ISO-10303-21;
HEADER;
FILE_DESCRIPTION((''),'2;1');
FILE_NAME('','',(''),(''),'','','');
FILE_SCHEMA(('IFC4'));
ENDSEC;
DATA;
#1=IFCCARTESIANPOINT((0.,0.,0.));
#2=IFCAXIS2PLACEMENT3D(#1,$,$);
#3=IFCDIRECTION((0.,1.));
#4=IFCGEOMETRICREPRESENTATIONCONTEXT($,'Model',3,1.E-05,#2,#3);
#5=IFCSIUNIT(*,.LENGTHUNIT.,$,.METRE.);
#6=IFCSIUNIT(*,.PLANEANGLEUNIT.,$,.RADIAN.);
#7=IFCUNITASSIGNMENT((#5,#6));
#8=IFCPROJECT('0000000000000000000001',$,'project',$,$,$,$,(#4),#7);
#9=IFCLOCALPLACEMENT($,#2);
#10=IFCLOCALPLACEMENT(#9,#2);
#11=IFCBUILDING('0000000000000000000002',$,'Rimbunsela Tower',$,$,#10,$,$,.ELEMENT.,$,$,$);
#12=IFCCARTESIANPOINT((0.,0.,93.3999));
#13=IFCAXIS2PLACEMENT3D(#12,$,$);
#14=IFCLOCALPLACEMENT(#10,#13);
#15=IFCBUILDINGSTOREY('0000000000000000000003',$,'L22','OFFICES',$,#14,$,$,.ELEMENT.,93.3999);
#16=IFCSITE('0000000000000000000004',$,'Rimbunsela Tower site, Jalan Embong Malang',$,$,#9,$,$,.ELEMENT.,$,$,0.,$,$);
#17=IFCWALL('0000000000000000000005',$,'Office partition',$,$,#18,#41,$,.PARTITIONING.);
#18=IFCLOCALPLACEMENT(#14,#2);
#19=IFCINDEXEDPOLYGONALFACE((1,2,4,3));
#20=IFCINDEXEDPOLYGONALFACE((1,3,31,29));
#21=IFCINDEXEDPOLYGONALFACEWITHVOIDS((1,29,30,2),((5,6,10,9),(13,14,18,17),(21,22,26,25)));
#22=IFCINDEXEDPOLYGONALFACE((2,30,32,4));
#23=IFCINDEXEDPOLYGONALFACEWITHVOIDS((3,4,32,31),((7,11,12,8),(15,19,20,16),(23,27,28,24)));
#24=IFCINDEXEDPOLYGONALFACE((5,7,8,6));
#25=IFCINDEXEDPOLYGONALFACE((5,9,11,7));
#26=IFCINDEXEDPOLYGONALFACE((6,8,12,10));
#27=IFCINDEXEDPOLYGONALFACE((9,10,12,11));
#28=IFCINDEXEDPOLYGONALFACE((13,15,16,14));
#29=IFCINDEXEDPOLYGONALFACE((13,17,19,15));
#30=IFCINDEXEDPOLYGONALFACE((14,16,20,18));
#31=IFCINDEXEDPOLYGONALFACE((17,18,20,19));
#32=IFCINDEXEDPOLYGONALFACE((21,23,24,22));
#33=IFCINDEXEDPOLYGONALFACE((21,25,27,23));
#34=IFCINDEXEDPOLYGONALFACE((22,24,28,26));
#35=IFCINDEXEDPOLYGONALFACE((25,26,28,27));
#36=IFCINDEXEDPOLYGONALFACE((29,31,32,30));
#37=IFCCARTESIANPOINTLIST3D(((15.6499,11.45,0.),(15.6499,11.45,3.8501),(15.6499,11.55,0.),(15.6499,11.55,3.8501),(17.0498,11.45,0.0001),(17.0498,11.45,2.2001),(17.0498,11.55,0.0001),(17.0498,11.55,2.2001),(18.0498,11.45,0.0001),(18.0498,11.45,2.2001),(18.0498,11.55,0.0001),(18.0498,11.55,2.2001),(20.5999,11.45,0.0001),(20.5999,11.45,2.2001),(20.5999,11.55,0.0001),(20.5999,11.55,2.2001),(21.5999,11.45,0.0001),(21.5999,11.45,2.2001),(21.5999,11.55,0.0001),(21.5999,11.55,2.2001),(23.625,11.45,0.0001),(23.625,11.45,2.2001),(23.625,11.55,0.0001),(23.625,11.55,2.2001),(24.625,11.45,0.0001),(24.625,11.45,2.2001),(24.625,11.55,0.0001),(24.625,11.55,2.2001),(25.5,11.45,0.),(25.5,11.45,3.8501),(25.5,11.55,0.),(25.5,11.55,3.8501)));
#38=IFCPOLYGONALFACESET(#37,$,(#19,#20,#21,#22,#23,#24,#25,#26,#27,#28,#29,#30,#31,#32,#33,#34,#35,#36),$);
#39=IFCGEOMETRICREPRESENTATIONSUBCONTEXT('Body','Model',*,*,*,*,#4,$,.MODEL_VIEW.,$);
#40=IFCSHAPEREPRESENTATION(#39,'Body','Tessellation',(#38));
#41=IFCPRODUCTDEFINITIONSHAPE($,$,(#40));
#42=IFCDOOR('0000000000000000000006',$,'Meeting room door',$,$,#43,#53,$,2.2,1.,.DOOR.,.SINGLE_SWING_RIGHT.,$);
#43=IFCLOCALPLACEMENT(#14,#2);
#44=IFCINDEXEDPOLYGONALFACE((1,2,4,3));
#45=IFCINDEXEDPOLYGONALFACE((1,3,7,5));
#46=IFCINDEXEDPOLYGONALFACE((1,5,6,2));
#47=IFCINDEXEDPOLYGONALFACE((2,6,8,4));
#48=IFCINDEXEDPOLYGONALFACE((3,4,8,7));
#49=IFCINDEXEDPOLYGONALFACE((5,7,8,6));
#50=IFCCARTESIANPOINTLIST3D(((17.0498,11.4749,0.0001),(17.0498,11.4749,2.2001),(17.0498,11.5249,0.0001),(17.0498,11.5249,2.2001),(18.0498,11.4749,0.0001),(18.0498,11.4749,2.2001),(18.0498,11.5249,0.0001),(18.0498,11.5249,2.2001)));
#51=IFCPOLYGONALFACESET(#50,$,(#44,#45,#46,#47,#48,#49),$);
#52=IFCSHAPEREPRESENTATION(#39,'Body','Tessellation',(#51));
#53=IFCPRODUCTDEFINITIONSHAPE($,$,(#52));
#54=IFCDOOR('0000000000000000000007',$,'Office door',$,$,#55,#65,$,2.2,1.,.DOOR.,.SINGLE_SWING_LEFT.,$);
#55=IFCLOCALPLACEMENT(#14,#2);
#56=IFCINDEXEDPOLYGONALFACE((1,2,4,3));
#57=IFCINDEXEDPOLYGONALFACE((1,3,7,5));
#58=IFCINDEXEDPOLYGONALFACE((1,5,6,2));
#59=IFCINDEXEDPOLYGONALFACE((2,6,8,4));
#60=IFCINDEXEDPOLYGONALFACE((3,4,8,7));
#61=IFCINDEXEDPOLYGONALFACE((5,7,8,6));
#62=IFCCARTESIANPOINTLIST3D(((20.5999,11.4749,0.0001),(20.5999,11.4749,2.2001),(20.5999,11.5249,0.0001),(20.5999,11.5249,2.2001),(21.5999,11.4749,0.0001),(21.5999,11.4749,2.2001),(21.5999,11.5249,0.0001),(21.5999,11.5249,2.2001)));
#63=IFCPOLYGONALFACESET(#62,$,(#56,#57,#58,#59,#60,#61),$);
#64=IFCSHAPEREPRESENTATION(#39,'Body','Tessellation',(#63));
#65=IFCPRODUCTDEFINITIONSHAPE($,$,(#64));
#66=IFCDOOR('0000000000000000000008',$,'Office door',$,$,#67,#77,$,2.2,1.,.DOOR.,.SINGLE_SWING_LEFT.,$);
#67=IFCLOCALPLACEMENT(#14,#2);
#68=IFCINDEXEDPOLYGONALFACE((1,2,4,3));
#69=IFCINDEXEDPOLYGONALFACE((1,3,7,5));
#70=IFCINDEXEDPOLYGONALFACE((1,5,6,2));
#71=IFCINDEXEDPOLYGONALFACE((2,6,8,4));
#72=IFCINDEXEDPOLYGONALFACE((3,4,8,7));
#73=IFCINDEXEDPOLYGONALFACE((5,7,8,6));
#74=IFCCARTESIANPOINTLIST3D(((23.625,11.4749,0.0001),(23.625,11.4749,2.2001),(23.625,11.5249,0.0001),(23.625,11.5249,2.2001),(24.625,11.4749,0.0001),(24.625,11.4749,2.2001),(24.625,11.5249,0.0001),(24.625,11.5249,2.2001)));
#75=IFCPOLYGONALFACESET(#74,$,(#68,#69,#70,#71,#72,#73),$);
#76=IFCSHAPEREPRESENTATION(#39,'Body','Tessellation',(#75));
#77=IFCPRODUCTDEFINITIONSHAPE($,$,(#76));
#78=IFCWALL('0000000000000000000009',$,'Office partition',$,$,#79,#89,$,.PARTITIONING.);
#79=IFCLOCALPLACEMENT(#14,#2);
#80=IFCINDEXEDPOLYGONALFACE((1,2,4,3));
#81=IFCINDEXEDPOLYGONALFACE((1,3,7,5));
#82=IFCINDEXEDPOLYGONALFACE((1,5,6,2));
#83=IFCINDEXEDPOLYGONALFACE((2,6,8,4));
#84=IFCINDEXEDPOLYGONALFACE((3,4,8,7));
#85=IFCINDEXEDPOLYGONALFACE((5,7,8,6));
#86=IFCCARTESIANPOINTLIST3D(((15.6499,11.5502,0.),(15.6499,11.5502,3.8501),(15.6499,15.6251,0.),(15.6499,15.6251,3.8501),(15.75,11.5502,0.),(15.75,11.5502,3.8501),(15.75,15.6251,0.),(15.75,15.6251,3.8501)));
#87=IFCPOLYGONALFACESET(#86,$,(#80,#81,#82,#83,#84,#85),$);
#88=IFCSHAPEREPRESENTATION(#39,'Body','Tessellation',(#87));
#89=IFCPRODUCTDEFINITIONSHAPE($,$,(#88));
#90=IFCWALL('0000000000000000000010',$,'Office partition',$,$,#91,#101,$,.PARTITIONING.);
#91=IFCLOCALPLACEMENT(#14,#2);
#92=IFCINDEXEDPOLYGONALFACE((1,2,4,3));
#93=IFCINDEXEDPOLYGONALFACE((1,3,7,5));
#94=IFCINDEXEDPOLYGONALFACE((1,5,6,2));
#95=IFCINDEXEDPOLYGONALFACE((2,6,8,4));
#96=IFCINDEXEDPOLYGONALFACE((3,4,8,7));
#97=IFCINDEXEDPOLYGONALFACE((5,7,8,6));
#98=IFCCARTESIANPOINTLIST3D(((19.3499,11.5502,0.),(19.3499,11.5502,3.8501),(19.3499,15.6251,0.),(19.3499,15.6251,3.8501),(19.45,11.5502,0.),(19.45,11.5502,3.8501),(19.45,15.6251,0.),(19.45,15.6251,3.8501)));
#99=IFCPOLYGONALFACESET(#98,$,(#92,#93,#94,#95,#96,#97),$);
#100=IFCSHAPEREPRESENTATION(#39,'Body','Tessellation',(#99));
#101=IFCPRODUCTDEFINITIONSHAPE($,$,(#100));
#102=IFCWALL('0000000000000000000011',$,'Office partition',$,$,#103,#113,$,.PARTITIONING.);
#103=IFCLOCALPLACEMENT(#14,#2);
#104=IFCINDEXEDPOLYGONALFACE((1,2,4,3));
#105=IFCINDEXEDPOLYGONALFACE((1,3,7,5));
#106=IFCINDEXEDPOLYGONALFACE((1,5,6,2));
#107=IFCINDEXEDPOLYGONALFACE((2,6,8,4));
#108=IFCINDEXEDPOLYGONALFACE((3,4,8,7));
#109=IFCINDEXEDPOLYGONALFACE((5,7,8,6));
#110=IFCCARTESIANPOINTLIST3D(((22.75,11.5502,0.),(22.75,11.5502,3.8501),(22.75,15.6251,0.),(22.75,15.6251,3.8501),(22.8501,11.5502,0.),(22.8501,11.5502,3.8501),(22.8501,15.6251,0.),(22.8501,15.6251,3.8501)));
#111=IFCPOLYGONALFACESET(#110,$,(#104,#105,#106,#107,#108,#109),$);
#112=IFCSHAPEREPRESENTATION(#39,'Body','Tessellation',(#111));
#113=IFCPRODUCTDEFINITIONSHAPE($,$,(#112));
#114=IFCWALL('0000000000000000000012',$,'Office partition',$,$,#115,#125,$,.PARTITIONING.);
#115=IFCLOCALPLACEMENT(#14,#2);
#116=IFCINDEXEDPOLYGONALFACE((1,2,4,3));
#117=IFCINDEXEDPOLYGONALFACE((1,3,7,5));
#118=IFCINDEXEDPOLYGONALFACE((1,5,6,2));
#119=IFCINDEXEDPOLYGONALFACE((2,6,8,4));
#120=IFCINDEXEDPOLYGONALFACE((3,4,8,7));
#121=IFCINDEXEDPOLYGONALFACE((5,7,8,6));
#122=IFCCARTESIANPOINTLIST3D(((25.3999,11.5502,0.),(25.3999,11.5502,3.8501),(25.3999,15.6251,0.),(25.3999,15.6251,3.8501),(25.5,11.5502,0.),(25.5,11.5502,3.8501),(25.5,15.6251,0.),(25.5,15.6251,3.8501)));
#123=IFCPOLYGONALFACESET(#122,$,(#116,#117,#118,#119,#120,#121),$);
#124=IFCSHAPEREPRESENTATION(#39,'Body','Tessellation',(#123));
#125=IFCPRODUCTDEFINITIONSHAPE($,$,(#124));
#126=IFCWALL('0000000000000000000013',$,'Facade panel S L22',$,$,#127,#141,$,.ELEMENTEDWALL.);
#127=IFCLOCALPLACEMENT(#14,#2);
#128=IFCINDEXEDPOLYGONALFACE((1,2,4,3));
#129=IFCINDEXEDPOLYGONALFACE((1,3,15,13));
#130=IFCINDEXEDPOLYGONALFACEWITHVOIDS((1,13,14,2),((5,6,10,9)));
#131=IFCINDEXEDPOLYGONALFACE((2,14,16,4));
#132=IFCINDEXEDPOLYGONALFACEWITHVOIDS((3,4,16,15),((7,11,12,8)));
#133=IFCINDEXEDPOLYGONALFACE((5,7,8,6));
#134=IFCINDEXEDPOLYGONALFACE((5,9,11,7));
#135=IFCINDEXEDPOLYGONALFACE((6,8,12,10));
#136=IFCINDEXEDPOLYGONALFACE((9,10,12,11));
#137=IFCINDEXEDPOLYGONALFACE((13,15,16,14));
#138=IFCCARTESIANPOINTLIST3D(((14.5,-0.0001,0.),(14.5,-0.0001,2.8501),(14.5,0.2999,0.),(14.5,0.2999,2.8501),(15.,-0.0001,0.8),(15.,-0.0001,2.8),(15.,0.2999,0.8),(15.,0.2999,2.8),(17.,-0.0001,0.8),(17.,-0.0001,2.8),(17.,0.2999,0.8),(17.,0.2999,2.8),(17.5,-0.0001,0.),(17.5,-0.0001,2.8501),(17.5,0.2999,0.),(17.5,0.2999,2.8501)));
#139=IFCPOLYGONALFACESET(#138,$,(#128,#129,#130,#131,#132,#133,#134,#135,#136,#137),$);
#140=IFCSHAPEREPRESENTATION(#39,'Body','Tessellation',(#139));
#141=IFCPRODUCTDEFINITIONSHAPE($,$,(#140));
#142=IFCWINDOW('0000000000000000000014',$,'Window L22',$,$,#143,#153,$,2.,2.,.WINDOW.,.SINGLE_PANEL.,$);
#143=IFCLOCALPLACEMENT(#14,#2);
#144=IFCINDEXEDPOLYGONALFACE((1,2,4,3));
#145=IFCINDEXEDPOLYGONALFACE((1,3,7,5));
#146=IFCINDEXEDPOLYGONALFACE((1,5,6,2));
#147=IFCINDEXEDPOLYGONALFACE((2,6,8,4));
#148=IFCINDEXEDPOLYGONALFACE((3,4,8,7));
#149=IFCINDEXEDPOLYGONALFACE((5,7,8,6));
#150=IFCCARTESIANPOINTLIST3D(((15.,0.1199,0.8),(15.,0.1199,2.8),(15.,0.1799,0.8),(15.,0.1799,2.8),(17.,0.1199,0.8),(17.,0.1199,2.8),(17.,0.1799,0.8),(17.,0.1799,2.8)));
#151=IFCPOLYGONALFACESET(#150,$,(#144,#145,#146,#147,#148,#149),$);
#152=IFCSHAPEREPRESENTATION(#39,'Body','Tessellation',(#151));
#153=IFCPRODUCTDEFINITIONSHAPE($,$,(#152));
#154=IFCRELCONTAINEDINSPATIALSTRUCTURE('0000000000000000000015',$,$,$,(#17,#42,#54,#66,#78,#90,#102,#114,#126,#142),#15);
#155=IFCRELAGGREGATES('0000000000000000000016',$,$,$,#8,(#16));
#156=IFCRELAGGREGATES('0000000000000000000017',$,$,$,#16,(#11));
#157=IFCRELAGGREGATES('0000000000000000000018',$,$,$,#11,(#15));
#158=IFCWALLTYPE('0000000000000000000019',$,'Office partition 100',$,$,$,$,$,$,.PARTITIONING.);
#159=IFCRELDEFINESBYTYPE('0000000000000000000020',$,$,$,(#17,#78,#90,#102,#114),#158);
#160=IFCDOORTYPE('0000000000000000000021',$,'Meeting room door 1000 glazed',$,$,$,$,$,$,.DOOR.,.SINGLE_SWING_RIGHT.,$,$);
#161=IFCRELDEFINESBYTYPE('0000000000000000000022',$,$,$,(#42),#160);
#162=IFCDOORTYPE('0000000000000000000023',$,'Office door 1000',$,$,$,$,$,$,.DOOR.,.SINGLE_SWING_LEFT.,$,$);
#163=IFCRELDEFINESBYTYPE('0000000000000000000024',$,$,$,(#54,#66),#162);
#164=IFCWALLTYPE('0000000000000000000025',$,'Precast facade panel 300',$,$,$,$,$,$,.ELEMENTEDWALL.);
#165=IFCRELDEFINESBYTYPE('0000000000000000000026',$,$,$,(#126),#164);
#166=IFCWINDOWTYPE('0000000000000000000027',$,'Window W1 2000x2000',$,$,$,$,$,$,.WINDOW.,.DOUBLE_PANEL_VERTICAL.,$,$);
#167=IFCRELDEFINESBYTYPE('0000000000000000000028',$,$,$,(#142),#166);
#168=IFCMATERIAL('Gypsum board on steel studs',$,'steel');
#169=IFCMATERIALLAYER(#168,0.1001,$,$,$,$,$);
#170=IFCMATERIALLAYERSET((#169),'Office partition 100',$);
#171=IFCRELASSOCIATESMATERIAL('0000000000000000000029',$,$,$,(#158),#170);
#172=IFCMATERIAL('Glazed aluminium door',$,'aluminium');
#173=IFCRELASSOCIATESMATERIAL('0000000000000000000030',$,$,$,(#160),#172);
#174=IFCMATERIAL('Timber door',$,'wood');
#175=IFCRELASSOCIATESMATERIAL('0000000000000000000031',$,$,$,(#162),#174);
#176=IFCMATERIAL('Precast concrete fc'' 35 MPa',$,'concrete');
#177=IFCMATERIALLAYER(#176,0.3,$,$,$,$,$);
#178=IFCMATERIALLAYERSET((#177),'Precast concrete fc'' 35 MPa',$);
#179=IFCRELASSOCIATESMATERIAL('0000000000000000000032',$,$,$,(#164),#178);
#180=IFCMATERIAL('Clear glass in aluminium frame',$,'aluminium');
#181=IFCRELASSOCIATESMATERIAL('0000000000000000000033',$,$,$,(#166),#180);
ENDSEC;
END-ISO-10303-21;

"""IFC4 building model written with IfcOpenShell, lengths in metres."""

from ifc_helpers import new_model, si_unit, direction, frame, frame_2d, origin, place, context, subcontext, project, spatial, rectangle, extrude, material, layer, layer_set, type_object, element, fill, save


model = new_model("IFC4")

# Units and contexts
model_context = context("Model", 3, precision=1e-05, world=origin(), true_north=direction((0.0, 1.0)))
body_context = subcontext(model_context, "Body", "Model", "MODEL_VIEW")
ifc_project = project(units=[si_unit("LENGTHUNIT", "METRE"), si_unit("PLANEANGLEUNIT", "RADIAN")], contexts=[model_context])

# Site, building, storey
site_placement = place(None, origin())
site = spatial("IfcSite", under=ifc_project, at=site_placement, Name="Rimbunsela Tower site, Jalan Embong Malang", CompositionType="ELEMENT", RefElevation=0.0)
building_placement = place(site_placement, origin())
building = spatial("IfcBuilding", under=site, at=building_placement, Name="Rimbunsela Tower", CompositionType="ELEMENT")
storey_placement = place(building_placement, frame((0.0, 0.0, 93.3999)))
storey = spatial("IfcBuildingStorey", under=building, at=storey_placement, Name="L22", Description="OFFICES", CompositionType="ELEMENT", Elevation=93.3999)

# Wall, openings, doors
ifc_material_1 = material(Name="Gypsum board on steel studs", Category="steel")
ifc_layer_1 = layer(ifc_material_1, 0.1001)
ifc_layer_set_1 = layer_set([ifc_layer_1], Name="Office partition 100")
wall_type_1 = type_object("IfcWallType", Name="Office partition 100", PredefinedType="PARTITIONING", material=ifc_layer_set_1)
wall_1_placement = place(storey_placement, frame((15.6499, 11.5, 0.0), z_axis=(0.0, 0.0, 1.0), x_axis=(1.0, 0.0, 0.0)))
wall_1 = element("IfcWall", 1, at=wall_1_placement, inside=storey, type_object=wall_type_1, Name="Office partition", PredefinedType="PARTITIONING", context=body_context, shape_type="SweptSolid", body=[
    extrude(rectangle(XDim=9.8501, YDim=0.1001, at=frame_2d((4.925, 0.0))), origin(), (0.0, 0.0, 1.0), 3.8501),
])
opening_1_placement = place(wall_1_placement, frame((1.3999, 0.0, 0.0)))
opening_1 = element("IfcOpeningElement", 2, at=opening_1_placement, cuts=wall_1, PredefinedType="OPENING", context=body_context, shape_type="SweptSolid", body=[
    extrude(rectangle(XDim=1.0, YDim=2.2, at=frame_2d((0.5, 1.1001))), frame((0.0, 0.0601, 0.0), z_axis=(0.0, -1.0, 0.0), x_axis=(1.0, 0.0, 0.0)), (0.0, 0.0, 1.0), 0.1201),
])
opening_2_placement = place(wall_1_placement, frame((4.95, 0.0, 0.0)))
opening_2 = element("IfcOpeningElement", 3, at=opening_2_placement, cuts=wall_1, PredefinedType="OPENING", context=body_context, shape_type="SweptSolid", body=[
    extrude(rectangle(XDim=1.0, YDim=2.2, at=frame_2d((0.5, 1.1001))), frame((0.0, 0.0601, 0.0), z_axis=(0.0, -1.0, 0.0), x_axis=(1.0, 0.0, 0.0)), (0.0, 0.0, 1.0), 0.1201),
])
opening_3_placement = place(wall_1_placement, frame((7.9751, 0.0, 0.0)))
opening_3 = element("IfcOpeningElement", 4, at=opening_3_placement, cuts=wall_1, PredefinedType="OPENING", context=body_context, shape_type="SweptSolid", body=[
    extrude(rectangle(XDim=1.0, YDim=2.2, at=frame_2d((0.5, 1.1001))), frame((0.0, 0.0601, 0.0), z_axis=(0.0, -1.0, 0.0), x_axis=(1.0, 0.0, 0.0)), (0.0, 0.0, 1.0), 0.1201),
])
ifc_material_2 = material(Name="Glazed aluminium door", Category="aluminium")
door_type_1 = type_object("IfcDoorType", Name="Meeting room door 1000 glazed", OperationType="SINGLE_SWING_RIGHT", PredefinedType="DOOR", material=ifc_material_2)
door_1_placement = place(opening_1_placement, origin())
door_1 = element("IfcDoor", 5, at=door_1_placement, inside=storey, type_object=door_type_1, Name="Meeting room door", OperationType="SINGLE_SWING_RIGHT", OverallHeight=2.2, OverallWidth=1.0, PredefinedType="DOOR", context=body_context, shape_type="SweptSolid", body=[
    extrude(rectangle(XDim=1.0, YDim=2.2, at=frame_2d((0.5, 1.1001))), frame((0.0, 0.0249, 0.0), z_axis=(0.0, -1.0, 0.0), x_axis=(1.0, 0.0, 0.0)), (0.0, 0.0, 1.0), 0.05),
])
fill(opening_1, door_1)
ifc_material_3 = material(Name="Timber door", Category="wood")
door_type_2 = type_object("IfcDoorType", Name="Office door 1000", OperationType="SINGLE_SWING_LEFT", PredefinedType="DOOR", material=ifc_material_3)
door_2_placement = place(opening_2_placement, origin())
door_2 = element("IfcDoor", 6, at=door_2_placement, inside=storey, type_object=door_type_2, Name="Office door", OperationType="SINGLE_SWING_LEFT", OverallHeight=2.2, OverallWidth=1.0, PredefinedType="DOOR", context=body_context, shape_type="SweptSolid", body=[
    extrude(rectangle(XDim=1.0, YDim=2.2, at=frame_2d((0.5, 1.1001))), frame((0.0, 0.0249, 0.0), z_axis=(0.0, -1.0, 0.0), x_axis=(1.0, 0.0, 0.0)), (0.0, 0.0, 1.0), 0.05),
])
fill(opening_2, door_2)
door_3_placement = place(opening_3_placement, origin())
door_3 = element("IfcDoor", 7, at=door_3_placement, inside=storey, type_object=door_type_2, Name="Office door", OperationType="SINGLE_SWING_LEFT", OverallHeight=2.2, OverallWidth=1.0, PredefinedType="DOOR", context=body_context, shape_type="SweptSolid", body=[
    extrude(rectangle(XDim=1.0, YDim=2.2, at=frame_2d((0.5, 1.1001))), frame((0.0, 0.0249, 0.0), z_axis=(0.0, -1.0, 0.0), x_axis=(1.0, 0.0, 0.0)), (0.0, 0.0, 1.0), 0.05),
])
fill(opening_3, door_3)

# Walls
for number, where, z_axis, x_axis, name in (
    (8, (15.7, 11.55, 0.0), (0.0, 0.0, 1.0), (0.0, 1.0, 0.0), "Office partition"),
    (9, (19.3999, 11.55, 0.0), (0.0, 0.0, 1.0), (0.0, 1.0, 0.0), "Office partition"),
    (10, (22.8, 11.55, 0.0), (0.0, 0.0, 1.0), (0.0, 1.0, 0.0), "Office partition"),
    (11, (25.45, 11.55, 0.0), (0.0, 0.0, 1.0), (0.0, 1.0, 0.0), "Office partition"),
):
    element("IfcWall", number, at=place(storey_placement, frame(where, z_axis=z_axis, x_axis=x_axis)), inside=storey, type_object=wall_type_1, Name=name, PredefinedType="PARTITIONING", context=body_context, shape_type="SweptSolid", body=[
        extrude(rectangle(XDim=4.075, YDim=0.1001, at=frame_2d((2.0376, 0.0))), origin(), (0.0, 0.0, 1.0), 3.8501),
    ])

# Wall, opening, window
ifc_material_4 = material(Name="Precast concrete fc' 35 MPa", Category="concrete")
ifc_layer_2 = layer(ifc_material_4, 0.3)
ifc_layer_set_2 = layer_set([ifc_layer_2], Name="Precast concrete fc' 35 MPa")
wall_type_2 = type_object("IfcWallType", Name="Precast facade panel 300", PredefinedType="ELEMENTEDWALL", material=ifc_layer_set_2)
wall_2_placement = place(storey_placement, frame((14.5, 0.1499, 0.0), z_axis=(0.0, 0.0, 1.0), x_axis=(1.0, 0.0, 0.0)))
wall_2 = element("IfcWall", 12, at=wall_2_placement, inside=storey, type_object=wall_type_2, Name="Facade panel S L22", PredefinedType="ELEMENTEDWALL", context=body_context, shape_type="SweptSolid", body=[
    extrude(rectangle(XDim=3.0, YDim=0.3, at=frame_2d((1.5, 0.0))), origin(), (0.0, 0.0, 1.0), 2.8501),
])
opening_4_placement = place(wall_2_placement, frame((0.5, 0.0, 0.8)))
opening_4 = element("IfcOpeningElement", 13, at=opening_4_placement, cuts=wall_2, PredefinedType="OPENING", context=body_context, shape_type="SweptSolid", body=[
    extrude(rectangle(XDim=2.0, YDim=2.0, at=frame_2d((1.0, 1.0))), frame((0.0, 0.1599, 0.0), z_axis=(0.0, -1.0, 0.0), x_axis=(1.0, 0.0, 0.0)), (0.0, 0.0, 1.0), 0.3201),
])
ifc_material_5 = material(Name="Clear glass in aluminium frame", Category="aluminium")
window_type = type_object("IfcWindowType", Name="Window W1 2000x2000", PartitioningType="DOUBLE_PANEL_VERTICAL", PredefinedType="WINDOW", material=ifc_material_5)
window_1_placement = place(opening_4_placement, origin())
window_1 = element("IfcWindow", 14, at=window_1_placement, inside=storey, type_object=window_type, Name="Window L22", OverallHeight=2.0, OverallWidth=2.0, PartitioningType="SINGLE_PANEL", PredefinedType="WINDOW", context=body_context, shape_type="SweptSolid", body=[
    extrude(rectangle(XDim=2.0, YDim=2.0, at=frame_2d((1.0, 1.0))), frame((0.0, 0.03, 0.0), z_axis=(0.0, -1.0, 0.0), x_axis=(1.0, 0.0, 0.0)), (0.0, 0.0, 1.0), 0.0601),
])
fill(opening_4, window_1)

save(model, "model.ifc")
